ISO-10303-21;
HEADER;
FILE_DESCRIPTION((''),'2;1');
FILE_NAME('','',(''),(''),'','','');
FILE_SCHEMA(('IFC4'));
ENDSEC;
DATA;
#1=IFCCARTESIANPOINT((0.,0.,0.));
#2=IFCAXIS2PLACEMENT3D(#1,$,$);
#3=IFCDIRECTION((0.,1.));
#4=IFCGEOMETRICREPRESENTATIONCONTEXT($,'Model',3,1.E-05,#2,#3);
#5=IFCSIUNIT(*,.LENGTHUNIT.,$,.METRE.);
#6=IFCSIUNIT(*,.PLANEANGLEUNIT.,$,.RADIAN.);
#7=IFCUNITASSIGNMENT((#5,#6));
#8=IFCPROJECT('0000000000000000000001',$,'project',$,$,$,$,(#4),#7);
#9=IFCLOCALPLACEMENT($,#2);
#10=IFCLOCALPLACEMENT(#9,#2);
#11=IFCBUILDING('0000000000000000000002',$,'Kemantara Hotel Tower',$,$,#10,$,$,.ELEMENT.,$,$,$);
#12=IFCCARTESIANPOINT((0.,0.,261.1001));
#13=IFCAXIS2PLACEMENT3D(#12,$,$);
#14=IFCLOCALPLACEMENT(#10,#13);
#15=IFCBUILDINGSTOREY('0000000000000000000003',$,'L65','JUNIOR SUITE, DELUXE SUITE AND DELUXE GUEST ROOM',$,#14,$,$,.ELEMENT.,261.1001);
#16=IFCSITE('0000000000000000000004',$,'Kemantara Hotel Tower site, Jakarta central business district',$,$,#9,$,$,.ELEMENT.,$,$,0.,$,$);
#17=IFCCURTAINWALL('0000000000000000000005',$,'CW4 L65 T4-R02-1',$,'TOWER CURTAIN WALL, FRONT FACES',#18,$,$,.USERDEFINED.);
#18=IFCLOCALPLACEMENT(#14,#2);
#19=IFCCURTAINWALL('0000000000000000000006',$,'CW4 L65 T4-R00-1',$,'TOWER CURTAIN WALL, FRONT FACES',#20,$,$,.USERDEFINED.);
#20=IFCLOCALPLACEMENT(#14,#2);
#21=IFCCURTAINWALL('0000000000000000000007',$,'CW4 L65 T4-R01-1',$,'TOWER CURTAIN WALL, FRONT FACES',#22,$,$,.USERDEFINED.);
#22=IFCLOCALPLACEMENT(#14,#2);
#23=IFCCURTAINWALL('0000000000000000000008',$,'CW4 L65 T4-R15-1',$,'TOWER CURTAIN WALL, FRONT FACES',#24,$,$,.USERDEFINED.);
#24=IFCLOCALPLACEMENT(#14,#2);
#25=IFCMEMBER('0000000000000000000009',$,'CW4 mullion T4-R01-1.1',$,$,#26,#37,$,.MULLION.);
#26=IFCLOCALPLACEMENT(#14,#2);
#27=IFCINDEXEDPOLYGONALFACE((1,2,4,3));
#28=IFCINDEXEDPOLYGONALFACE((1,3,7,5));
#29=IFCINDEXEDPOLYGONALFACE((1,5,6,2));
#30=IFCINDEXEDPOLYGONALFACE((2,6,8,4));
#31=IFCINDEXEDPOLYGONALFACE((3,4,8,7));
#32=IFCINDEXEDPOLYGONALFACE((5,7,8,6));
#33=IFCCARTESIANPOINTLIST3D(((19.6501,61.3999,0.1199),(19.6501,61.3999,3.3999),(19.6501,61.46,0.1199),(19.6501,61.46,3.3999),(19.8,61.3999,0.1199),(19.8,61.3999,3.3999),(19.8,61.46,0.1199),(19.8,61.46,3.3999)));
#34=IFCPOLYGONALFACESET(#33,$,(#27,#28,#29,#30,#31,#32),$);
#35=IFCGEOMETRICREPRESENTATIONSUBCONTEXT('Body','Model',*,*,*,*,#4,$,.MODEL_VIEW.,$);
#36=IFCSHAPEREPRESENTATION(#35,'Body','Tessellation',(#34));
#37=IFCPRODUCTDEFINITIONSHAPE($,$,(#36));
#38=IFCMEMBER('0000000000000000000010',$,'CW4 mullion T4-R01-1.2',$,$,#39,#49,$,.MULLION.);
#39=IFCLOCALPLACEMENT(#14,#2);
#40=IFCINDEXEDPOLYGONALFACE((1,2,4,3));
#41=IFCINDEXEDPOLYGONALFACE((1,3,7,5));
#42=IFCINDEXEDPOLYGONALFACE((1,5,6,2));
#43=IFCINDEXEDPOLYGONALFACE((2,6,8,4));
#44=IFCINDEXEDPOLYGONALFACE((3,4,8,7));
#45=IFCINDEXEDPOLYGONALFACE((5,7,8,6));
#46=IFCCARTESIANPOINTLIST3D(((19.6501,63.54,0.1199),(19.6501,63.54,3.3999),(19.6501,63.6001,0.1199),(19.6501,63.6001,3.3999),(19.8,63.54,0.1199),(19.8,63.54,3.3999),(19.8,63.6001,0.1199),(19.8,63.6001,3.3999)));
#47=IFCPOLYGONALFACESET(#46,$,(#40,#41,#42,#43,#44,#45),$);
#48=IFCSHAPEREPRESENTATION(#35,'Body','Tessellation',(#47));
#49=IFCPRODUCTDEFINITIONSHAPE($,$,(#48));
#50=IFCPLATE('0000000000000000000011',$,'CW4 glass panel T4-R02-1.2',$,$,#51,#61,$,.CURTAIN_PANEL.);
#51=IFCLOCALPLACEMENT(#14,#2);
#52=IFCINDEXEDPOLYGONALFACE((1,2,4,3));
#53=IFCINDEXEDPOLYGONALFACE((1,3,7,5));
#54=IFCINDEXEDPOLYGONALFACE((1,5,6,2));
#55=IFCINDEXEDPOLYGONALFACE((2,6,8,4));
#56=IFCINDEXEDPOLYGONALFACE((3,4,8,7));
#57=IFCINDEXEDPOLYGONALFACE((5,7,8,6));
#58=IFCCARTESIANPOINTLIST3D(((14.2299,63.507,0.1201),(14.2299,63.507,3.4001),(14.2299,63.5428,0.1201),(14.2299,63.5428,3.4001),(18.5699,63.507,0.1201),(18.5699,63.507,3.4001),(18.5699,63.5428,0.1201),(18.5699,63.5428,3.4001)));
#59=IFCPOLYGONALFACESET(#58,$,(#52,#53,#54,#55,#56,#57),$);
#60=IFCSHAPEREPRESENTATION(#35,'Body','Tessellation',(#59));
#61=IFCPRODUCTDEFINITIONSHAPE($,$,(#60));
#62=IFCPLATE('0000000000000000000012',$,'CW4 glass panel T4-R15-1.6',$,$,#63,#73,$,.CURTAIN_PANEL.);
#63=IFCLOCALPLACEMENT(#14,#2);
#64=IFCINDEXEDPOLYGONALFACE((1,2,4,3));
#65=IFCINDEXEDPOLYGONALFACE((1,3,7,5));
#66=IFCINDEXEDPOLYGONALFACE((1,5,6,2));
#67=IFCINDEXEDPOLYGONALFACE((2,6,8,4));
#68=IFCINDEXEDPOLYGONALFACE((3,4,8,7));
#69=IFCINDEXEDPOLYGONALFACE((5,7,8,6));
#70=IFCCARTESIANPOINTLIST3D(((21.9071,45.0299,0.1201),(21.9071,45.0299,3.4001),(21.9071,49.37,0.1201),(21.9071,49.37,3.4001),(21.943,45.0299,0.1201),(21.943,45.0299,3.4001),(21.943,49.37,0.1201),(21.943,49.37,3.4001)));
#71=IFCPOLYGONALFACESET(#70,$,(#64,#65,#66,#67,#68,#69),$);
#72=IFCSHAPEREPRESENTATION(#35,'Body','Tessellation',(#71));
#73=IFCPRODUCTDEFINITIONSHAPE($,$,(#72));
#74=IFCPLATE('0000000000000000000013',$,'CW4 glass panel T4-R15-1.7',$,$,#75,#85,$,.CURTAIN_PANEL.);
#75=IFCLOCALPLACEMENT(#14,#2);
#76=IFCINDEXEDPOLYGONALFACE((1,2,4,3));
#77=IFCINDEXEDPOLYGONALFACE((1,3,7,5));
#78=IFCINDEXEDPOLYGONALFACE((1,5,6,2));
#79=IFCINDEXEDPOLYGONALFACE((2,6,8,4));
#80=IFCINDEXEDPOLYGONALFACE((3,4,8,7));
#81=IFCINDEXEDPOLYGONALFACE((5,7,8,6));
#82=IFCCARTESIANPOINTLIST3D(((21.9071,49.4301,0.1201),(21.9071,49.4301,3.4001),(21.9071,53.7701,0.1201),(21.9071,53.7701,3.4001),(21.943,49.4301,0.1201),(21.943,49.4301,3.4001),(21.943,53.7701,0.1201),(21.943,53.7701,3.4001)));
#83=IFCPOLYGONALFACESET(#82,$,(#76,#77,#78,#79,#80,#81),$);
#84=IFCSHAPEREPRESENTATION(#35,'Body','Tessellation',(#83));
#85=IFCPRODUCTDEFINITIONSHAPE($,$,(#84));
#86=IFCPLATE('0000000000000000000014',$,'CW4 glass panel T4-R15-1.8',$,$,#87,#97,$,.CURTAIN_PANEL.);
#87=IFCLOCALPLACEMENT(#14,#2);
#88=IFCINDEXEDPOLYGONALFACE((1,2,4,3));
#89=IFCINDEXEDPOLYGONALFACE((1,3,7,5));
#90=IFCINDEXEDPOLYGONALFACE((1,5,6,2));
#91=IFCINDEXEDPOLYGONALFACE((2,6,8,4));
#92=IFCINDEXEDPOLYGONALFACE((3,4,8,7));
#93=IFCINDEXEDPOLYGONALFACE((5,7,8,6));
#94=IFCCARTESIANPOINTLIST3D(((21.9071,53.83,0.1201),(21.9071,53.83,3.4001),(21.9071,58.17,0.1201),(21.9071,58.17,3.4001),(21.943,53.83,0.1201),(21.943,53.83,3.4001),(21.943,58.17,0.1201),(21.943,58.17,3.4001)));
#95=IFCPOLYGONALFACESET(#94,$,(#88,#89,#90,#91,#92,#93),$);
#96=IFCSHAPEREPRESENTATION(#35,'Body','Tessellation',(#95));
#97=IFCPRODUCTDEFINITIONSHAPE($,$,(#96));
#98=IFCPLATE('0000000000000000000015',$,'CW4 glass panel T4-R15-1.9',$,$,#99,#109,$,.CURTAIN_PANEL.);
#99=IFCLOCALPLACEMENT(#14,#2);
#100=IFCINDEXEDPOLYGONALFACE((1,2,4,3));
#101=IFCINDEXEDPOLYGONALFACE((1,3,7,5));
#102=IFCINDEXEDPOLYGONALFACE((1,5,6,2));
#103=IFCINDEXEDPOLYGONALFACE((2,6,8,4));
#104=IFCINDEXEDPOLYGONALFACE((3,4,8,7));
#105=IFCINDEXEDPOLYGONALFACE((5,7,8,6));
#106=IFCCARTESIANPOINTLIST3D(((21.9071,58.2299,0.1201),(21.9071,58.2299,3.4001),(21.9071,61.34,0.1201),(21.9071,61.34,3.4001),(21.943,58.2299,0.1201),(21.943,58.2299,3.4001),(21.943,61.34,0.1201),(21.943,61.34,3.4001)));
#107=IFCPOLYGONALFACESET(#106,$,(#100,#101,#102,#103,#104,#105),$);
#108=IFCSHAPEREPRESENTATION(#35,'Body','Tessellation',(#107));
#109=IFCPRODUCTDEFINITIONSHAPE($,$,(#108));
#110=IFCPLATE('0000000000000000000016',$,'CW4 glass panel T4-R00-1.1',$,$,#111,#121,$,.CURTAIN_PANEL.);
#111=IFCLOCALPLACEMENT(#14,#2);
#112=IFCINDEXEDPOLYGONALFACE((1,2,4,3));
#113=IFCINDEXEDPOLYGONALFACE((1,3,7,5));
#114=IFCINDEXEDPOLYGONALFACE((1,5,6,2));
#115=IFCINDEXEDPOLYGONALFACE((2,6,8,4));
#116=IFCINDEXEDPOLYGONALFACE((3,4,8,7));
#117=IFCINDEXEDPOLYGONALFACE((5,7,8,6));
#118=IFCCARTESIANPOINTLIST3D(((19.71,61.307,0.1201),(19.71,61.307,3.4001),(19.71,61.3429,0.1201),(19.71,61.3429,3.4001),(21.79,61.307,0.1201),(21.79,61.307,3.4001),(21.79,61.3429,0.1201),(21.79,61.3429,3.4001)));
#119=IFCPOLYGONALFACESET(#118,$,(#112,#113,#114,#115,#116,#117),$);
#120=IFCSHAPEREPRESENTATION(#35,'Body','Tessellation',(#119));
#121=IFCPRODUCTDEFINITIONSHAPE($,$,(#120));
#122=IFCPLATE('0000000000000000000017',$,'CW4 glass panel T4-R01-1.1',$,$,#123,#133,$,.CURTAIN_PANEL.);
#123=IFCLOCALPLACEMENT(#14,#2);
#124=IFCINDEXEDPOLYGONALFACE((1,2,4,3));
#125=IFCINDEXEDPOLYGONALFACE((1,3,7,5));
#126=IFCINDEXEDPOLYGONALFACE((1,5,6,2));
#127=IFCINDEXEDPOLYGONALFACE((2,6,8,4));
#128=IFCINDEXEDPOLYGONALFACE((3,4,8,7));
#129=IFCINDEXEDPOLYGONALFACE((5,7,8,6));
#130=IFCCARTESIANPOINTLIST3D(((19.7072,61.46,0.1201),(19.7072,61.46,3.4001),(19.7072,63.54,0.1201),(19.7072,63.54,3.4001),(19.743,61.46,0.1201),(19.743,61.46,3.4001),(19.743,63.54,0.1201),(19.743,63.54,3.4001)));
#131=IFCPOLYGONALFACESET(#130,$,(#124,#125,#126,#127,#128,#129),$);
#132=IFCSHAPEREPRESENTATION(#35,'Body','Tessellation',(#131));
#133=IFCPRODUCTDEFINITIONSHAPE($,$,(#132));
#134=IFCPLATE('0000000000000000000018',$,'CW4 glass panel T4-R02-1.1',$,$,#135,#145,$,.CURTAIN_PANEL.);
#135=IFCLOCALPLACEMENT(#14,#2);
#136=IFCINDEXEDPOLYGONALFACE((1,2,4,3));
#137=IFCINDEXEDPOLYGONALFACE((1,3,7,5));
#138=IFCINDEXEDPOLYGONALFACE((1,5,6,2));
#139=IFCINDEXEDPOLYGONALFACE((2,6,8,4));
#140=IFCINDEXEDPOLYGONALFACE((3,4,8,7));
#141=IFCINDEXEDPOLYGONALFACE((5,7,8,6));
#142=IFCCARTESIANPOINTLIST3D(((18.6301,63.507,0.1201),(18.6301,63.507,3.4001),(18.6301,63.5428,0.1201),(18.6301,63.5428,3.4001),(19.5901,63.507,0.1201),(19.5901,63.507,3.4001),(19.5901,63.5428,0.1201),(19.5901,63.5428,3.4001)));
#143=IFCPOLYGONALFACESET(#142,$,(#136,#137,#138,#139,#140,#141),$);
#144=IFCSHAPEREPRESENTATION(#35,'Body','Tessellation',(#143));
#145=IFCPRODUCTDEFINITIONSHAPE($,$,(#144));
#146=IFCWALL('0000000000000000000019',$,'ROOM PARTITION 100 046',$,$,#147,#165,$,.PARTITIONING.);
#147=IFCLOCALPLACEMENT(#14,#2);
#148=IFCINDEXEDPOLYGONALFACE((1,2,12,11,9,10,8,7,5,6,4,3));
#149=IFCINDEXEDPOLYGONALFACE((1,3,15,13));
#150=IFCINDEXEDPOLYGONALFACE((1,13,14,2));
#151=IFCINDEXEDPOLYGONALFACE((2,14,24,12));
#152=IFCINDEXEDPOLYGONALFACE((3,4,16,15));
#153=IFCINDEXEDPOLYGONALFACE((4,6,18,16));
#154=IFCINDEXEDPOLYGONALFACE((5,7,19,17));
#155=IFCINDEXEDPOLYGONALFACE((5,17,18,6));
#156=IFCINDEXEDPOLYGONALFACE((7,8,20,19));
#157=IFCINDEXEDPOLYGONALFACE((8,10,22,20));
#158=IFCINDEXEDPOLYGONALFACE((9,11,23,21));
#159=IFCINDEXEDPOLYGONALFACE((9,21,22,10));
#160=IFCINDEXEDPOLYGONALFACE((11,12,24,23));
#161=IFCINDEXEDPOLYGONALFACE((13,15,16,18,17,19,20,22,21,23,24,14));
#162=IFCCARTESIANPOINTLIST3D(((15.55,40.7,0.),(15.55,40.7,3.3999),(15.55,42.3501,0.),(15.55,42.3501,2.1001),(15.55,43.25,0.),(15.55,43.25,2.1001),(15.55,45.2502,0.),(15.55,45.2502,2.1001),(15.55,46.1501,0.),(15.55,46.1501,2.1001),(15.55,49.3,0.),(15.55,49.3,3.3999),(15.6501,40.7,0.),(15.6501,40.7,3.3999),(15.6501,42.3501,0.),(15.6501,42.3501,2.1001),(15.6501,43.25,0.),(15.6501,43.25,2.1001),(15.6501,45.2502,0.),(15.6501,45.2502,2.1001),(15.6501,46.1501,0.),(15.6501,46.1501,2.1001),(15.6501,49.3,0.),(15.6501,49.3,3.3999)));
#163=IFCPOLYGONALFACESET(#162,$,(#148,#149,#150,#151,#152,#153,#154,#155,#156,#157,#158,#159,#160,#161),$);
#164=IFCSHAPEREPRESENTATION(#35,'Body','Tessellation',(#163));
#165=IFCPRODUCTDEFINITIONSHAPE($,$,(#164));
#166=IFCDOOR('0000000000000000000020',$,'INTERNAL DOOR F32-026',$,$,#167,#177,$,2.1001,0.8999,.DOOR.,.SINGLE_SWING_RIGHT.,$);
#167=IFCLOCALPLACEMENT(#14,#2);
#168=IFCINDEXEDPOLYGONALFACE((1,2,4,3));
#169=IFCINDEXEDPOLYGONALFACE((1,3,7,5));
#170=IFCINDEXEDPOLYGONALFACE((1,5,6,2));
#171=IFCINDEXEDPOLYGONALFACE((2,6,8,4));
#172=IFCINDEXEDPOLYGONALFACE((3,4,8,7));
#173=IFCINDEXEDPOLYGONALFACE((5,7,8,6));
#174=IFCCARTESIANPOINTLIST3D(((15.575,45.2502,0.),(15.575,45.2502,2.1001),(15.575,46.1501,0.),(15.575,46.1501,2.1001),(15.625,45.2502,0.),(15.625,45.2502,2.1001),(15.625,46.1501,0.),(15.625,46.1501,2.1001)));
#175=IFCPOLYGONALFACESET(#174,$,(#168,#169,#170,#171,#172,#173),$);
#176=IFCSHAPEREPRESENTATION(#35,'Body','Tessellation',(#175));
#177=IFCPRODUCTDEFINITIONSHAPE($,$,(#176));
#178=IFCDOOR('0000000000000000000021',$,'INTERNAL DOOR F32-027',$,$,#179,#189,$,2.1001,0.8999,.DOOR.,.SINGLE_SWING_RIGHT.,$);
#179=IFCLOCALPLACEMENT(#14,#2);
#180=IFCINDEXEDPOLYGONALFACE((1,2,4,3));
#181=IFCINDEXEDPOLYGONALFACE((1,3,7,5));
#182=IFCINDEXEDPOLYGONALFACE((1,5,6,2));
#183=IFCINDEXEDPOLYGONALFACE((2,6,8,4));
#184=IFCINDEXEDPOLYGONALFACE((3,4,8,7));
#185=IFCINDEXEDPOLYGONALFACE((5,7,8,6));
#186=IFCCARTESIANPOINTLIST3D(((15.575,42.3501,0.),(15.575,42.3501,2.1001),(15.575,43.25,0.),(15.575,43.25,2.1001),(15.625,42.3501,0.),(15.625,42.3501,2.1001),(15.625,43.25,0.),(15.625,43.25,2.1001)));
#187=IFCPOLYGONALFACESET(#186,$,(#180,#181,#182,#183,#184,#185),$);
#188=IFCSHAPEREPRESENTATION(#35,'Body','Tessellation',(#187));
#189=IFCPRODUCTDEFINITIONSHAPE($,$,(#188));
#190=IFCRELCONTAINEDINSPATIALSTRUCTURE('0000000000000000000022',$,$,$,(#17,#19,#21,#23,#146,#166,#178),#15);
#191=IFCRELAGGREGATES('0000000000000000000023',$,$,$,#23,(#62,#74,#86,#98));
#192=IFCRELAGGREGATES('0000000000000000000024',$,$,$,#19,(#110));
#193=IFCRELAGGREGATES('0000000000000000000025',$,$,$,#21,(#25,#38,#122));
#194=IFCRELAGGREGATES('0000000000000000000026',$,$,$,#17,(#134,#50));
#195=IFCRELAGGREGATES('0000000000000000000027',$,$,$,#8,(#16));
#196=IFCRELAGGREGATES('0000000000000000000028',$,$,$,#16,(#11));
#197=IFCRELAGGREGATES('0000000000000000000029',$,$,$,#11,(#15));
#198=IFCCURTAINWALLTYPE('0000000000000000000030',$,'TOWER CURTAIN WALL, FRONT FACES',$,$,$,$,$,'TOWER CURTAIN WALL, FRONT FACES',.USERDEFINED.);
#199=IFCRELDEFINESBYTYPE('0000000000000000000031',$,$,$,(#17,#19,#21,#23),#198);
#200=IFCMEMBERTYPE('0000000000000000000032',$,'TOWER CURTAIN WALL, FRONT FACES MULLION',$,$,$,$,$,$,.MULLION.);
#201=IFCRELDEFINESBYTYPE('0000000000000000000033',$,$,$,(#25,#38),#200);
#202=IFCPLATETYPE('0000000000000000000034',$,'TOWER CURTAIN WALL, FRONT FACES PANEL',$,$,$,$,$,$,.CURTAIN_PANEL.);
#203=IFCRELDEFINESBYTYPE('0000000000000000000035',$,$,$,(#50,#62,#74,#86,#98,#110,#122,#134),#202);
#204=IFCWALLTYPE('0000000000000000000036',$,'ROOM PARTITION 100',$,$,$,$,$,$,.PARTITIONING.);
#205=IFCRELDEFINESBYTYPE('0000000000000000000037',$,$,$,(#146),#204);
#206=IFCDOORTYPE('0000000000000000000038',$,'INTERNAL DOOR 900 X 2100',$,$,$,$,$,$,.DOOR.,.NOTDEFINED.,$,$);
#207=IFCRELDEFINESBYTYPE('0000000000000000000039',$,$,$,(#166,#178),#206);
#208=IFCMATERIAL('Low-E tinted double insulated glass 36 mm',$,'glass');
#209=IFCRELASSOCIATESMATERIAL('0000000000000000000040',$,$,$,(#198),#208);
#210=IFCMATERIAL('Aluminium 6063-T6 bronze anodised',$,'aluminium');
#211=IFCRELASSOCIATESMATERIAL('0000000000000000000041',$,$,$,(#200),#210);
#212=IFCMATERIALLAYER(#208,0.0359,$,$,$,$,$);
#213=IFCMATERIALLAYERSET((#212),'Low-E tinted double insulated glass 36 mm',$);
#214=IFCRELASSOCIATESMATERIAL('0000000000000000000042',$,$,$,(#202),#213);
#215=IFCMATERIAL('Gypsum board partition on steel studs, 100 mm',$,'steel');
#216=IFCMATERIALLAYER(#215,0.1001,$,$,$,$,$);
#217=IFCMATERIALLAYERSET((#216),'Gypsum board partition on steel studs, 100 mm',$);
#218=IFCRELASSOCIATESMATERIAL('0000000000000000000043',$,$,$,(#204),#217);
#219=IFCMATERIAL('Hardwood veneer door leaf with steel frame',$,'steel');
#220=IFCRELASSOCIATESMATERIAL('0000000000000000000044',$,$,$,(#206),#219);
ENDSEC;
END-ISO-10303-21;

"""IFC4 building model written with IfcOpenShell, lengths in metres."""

from ifc_helpers import new_model, si_unit, direction, frame, frame_2d, origin, origin_2d, place, context, subcontext, project, spatial, rectangle, extrude, source, transform, mapped, material, layer, layer_set, material_profile, profile_set, type_object, element, fill, aggregate, save


model = new_model("IFC4")

# Units and contexts
model_context = context("Model", 3, precision=1e-05, world=origin(), true_north=direction((0.0, 1.0)))
body_context = subcontext(model_context, "Body", "Model", "MODEL_VIEW")
ifc_project = project(units=[si_unit("LENGTHUNIT", "METRE"), si_unit("PLANEANGLEUNIT", "RADIAN")], contexts=[model_context])

# Site, building, storey
site_placement = place(None, origin())
site = spatial("IfcSite", under=ifc_project, at=site_placement, Name="Kemantara Hotel Tower site, Jakarta central business district", CompositionType="ELEMENT", RefElevation=0.0)
building_placement = place(site_placement, origin())
building = spatial("IfcBuilding", under=site, at=building_placement, Name="Kemantara Hotel Tower", CompositionType="ELEMENT")
storey_placement = place(building_placement, frame((0.0, 0.0, 261.1001)))
storey = spatial("IfcBuildingStorey", under=building, at=storey_placement, Name="L65", Description="JUNIOR SUITE, DELUXE SUITE AND DELUXE GUEST ROOM", CompositionType="ELEMENT", Elevation=261.1001)

# Curtain walls
ifc_material_1 = material(Name="Low-E tinted double insulated glass 36 mm", Category="glass")
curtain_wall_type = type_object("IfcCurtainWallType", Name="TOWER CURTAIN WALL, FRONT FACES", ElementType="TOWER CURTAIN WALL, FRONT FACES", PredefinedType="USERDEFINED", material=ifc_material_1)
curtain_wall_1_placement = place(storey_placement, origin())
curtain_wall_1 = element("IfcCurtainWall", 1, at=curtain_wall_1_placement, inside=storey, type_object=curtain_wall_type, Name="CW4 L65 T4-R02-1", ObjectType="TOWER CURTAIN WALL, FRONT FACES", PredefinedType="USERDEFINED")
ifc_material_2 = material(Name="Aluminium 6063-T6 bronze anodised", Category="aluminium")
curtain_wall_2_placement = place(storey_placement, origin())
curtain_wall_2 = element("IfcCurtainWall", 2, at=curtain_wall_2_placement, inside=storey, type_object=curtain_wall_type, Name="CW4 L65 T4-R00-1", ObjectType="TOWER CURTAIN WALL, FRONT FACES", PredefinedType="USERDEFINED")
curtain_wall_3_placement = place(storey_placement, origin())
curtain_wall_3 = element("IfcCurtainWall", 3, at=curtain_wall_3_placement, inside=storey, type_object=curtain_wall_type, Name="CW4 L65 T4-R01-1", ObjectType="TOWER CURTAIN WALL, FRONT FACES", PredefinedType="USERDEFINED")

# Shared definitions
ifc_material_profile_1 = material_profile(ifc_material_2, rectangle(XDim=0.1499, YDim=0.0601, at=origin_2d()), Name="TOWER CURTAIN WALL, FRONT FACES MULLION")
ifc_profile_set_1 = profile_set([ifc_material_profile_1], Name="Aluminium 6063-T6 bronze anodised")
member_type_1 = type_object("IfcMemberType", Name="TOWER CURTAIN WALL, FRONT FACES MULLION", PredefinedType="MULLION", material=ifc_profile_set_1)
shared_shape_1 = source(origin(), body_context, "Body", "SweptSolid", [
    extrude(rectangle(XDim=0.1499, YDim=0.0601, at=origin_2d()), origin(), (0.0, 0.0, 1.0), 3.28),
])

# Curtain wall
curtain_wall_4_placement = place(storey_placement, origin())
curtain_wall_4 = element("IfcCurtainWall", 4, at=curtain_wall_4_placement, inside=storey, type_object=curtain_wall_type, Name="CW4 L65 T4-R15-1", ObjectType="TOWER CURTAIN WALL, FRONT FACES", PredefinedType="USERDEFINED")

# Members
member_1_placement = place(storey_placement, frame((19.7251, 61.4299, 0.1199), z_axis=(0.0, 0.0, 1.0), x_axis=(-1.0, 0.0, 0.0)))
member_1 = element("IfcMember", 5, at=member_1_placement, type_object=member_type_1, Name="CW4 mullion T4-R01-1.1", PredefinedType="MULLION", context=body_context, shape_type="MappedRepresentation", body=[
    mapped(shared_shape_1, transform((0.0, 0.0, 0.0))),
])
member_2_placement = place(storey_placement, frame((19.7251, 63.5701, 0.1199), z_axis=(0.0, 0.0, 1.0), x_axis=(-1.0, 0.0, 0.0)))
member_2 = element("IfcMember", 6, at=member_2_placement, type_object=member_type_1, Name="CW4 mullion T4-R01-1.2", PredefinedType="MULLION", context=body_context, shape_type="MappedRepresentation", body=[
    mapped(shared_shape_1, transform((0.0, 0.0, 0.0))),
])

# Plates
ifc_layer_1 = layer(ifc_material_1, 0.0359)
ifc_layer_set_1 = layer_set([ifc_layer_1], Name="Low-E tinted double insulated glass 36 mm")
plate_type = type_object("IfcPlateType", Name="TOWER CURTAIN WALL, FRONT FACES PANEL", PredefinedType="CURTAIN_PANEL", material=ifc_layer_set_1)
shared_shape_2 = source(origin(), body_context, "Body", "SweptSolid", [
    extrude(rectangle(XDim=4.3401, YDim=0.0359, at=origin_2d()), origin(), (0.0, 0.0, 1.0), 3.28),
])
plate_1_placement = place(storey_placement, frame((16.3999, 63.5249, 0.1201), z_axis=(0.0, 0.0, 1.0), x_axis=(-1.0, 0.0, 0.0)))
plate_1 = element("IfcPlate", 7, at=plate_1_placement, type_object=plate_type, Name="CW4 glass panel T4-R02-1.2", PredefinedType="CURTAIN_PANEL", context=body_context, shape_type="MappedRepresentation", body=[
    mapped(shared_shape_2, transform((0.0, 0.0, 0.0))),
])
plate_2_placement = place(storey_placement, frame((21.925, 47.2, 0.1201), z_axis=(0.0, 0.0, 1.0), x_axis=(0.0, 1.0, 0.0)))
plate_2 = element("IfcPlate", 8, at=plate_2_placement, type_object=plate_type, Name="CW4 glass panel T4-R15-1.6", PredefinedType="CURTAIN_PANEL", context=body_context, shape_type="MappedRepresentation", body=[
    mapped(shared_shape_2, transform((0.0, 0.0, 0.0))),
])
plate_3_placement = place(storey_placement, frame((21.925, 51.6001, 0.1201), z_axis=(0.0, 0.0, 1.0), x_axis=(0.0, 1.0, 0.0)))
plate_3 = element("IfcPlate", 9, at=plate_3_placement, type_object=plate_type, Name="CW4 glass panel T4-R15-1.7", PredefinedType="CURTAIN_PANEL", context=body_context, shape_type="MappedRepresentation", body=[
    mapped(shared_shape_2, transform((0.0, 0.0, 0.0))),
])
plate_4_placement = place(storey_placement, frame((21.925, 56.0, 0.1201), z_axis=(0.0, 0.0, 1.0), x_axis=(0.0, 1.0, 0.0)))
plate_4 = element("IfcPlate", 10, at=plate_4_placement, type_object=plate_type, Name="CW4 glass panel T4-R15-1.8", PredefinedType="CURTAIN_PANEL", context=body_context, shape_type="MappedRepresentation", body=[
    mapped(shared_shape_2, transform((0.0, 0.0, 0.0))),
])
shared_shape_3 = source(origin(), body_context, "Body", "SweptSolid", [
    extrude(rectangle(XDim=3.1101, YDim=0.0359, at=origin_2d()), origin(), (0.0, 0.0, 1.0), 3.28),
])
plate_5_placement = place(storey_placement, frame((21.925, 59.7849, 0.1201), z_axis=(0.0, 0.0, 1.0), x_axis=(0.0, 1.0, 0.0)))
plate_5 = element("IfcPlate", 11, at=plate_5_placement, type_object=plate_type, Name="CW4 glass panel T4-R15-1.9", PredefinedType="CURTAIN_PANEL", context=body_context, shape_type="MappedRepresentation", body=[
    mapped(shared_shape_3, transform((0.0, 0.0, 0.0))),
])
aggregate(curtain_wall_4, [plate_2, plate_3, plate_4, plate_5])
shared_shape_4 = source(origin(), body_context, "Body", "SweptSolid", [
    extrude(rectangle(XDim=2.0801, YDim=0.0359, at=origin_2d()), origin(), (0.0, 0.0, 1.0), 3.28),
])
plate_6_placement = place(storey_placement, frame((20.75, 61.325, 0.1201), z_axis=(0.0, 0.0, 1.0), x_axis=(-1.0, 0.0, 0.0)))
plate_6 = element("IfcPlate", 12, at=plate_6_placement, type_object=plate_type, Name="CW4 glass panel T4-R00-1.1", PredefinedType="CURTAIN_PANEL", context=body_context, shape_type="MappedRepresentation", body=[
    mapped(shared_shape_4, transform((0.0, 0.0, 0.0))),
])
aggregate(curtain_wall_2, [plate_6])
plate_7_placement = place(storey_placement, frame((19.7251, 62.5, 0.1201), z_axis=(0.0, 0.0, 1.0), x_axis=(0.0, 1.0, 0.0)))
plate_7 = element("IfcPlate", 13, at=plate_7_placement, type_object=plate_type, Name="CW4 glass panel T4-R01-1.1", PredefinedType="CURTAIN_PANEL", context=body_context, shape_type="MappedRepresentation", body=[
    mapped(shared_shape_4, transform((0.0, 0.0, 0.0))),
])
aggregate(curtain_wall_3, [member_1, member_2, plate_7])
shared_shape_5 = source(origin(), body_context, "Body", "SweptSolid", [
    extrude(rectangle(XDim=0.96, YDim=0.0359, at=origin_2d()), origin(), (0.0, 0.0, 1.0), 3.28),
])
plate_8_placement = place(storey_placement, frame((19.1101, 63.5249, 0.1201), z_axis=(0.0, 0.0, 1.0), x_axis=(-1.0, 0.0, 0.0)))
plate_8 = element("IfcPlate", 14, at=plate_8_placement, type_object=plate_type, Name="CW4 glass panel T4-R02-1.1", PredefinedType="CURTAIN_PANEL", context=body_context, shape_type="MappedRepresentation", body=[
    mapped(shared_shape_5, transform((0.0, 0.0, 0.0))),
])
aggregate(curtain_wall_1, [plate_8, plate_1])

# Wall, openings, doors
ifc_material_3 = material(Name="Gypsum board partition on steel studs, 100 mm", Category="steel")
ifc_layer_2 = layer(ifc_material_3, 0.1001)
ifc_layer_set_2 = layer_set([ifc_layer_2], Name="Gypsum board partition on steel studs, 100 mm")
wall_type = type_object("IfcWallType", Name="ROOM PARTITION 100", PredefinedType="PARTITIONING", material=ifc_layer_set_2)
wall_1_placement = place(storey_placement, frame((15.6001, 49.3, 0.0), z_axis=(0.0, 0.0, 1.0), x_axis=(0.0, -1.0, 0.0)))
wall_1 = element("IfcWall", 15, at=wall_1_placement, inside=storey, type_object=wall_type, Name="ROOM PARTITION 100 046", PredefinedType="PARTITIONING", context=body_context, shape_type="SweptSolid", body=[
    extrude(rectangle(XDim=8.6001, YDim=0.1001, at=frame_2d((4.3, 0.0))), origin(), (0.0, 0.0, 1.0), 3.3999),
])
opening_1_placement = place(wall_1_placement, frame((3.1499, 0.0, 0.0)))
opening_1 = element("IfcOpeningElement", 16, at=opening_1_placement, cuts=wall_1, PredefinedType="OPENING", context=body_context, shape_type="SweptSolid", body=[
    extrude(rectangle(XDim=0.8999, YDim=2.1001, at=frame_2d((0.45, 1.05))), frame((0.0, 0.0601, 0.0), z_axis=(0.0, -1.0, 0.0), x_axis=(1.0, 0.0, 0.0)), (0.0, 0.0, 1.0), 0.1201),
])
opening_2_placement = place(wall_1_placement, frame((6.05, 0.0, 0.0)))
opening_2 = element("IfcOpeningElement", 17, at=opening_2_placement, cuts=wall_1, PredefinedType="OPENING", context=body_context, shape_type="SweptSolid", body=[
    extrude(rectangle(XDim=0.8999, YDim=2.1001, at=frame_2d((0.45, 1.05))), frame((0.0, 0.0601, 0.0), z_axis=(0.0, -1.0, 0.0), x_axis=(1.0, 0.0, 0.0)), (0.0, 0.0, 1.0), 0.1201),
])
ifc_material_4 = material(Name="Hardwood veneer door leaf with steel frame", Category="steel")
door_type_1 = type_object("IfcDoorType", Name="INTERNAL DOOR 900 X 2100", OperationType="NOTDEFINED", PredefinedType="DOOR", material=ifc_material_4)
door_1_placement = place(opening_1_placement, origin())
door_1 = element("IfcDoor", 18, at=door_1_placement, inside=storey, type_object=door_type_1, Name="INTERNAL DOOR F32-026", OperationType="SINGLE_SWING_RIGHT", OverallHeight=2.1001, OverallWidth=0.8999, PredefinedType="DOOR", context=body_context, shape_type="SweptSolid", body=[
    extrude(rectangle(XDim=0.8999, YDim=2.1001, at=frame_2d((0.45, 1.05))), frame((0.0, 0.0249, 0.0), z_axis=(0.0, -1.0, 0.0), x_axis=(1.0, 0.0, 0.0)), (0.0, 0.0, 1.0), 0.05),
])
fill(opening_1, door_1)
door_2_placement = place(opening_2_placement, origin())
door_2 = element("IfcDoor", 19, at=door_2_placement, inside=storey, type_object=door_type_1, Name="INTERNAL DOOR F32-027", OperationType="SINGLE_SWING_RIGHT", OverallHeight=2.1001, OverallWidth=0.8999, PredefinedType="DOOR", context=body_context, shape_type="SweptSolid", body=[
    extrude(rectangle(XDim=0.8999, YDim=2.1001, at=frame_2d((0.45, 1.05))), frame((0.0, 0.0249, 0.0), z_axis=(0.0, -1.0, 0.0), x_axis=(1.0, 0.0, 0.0)), (0.0, 0.0, 1.0), 0.05),
])
fill(opening_2, door_2)

save(model, "model.ifc")
